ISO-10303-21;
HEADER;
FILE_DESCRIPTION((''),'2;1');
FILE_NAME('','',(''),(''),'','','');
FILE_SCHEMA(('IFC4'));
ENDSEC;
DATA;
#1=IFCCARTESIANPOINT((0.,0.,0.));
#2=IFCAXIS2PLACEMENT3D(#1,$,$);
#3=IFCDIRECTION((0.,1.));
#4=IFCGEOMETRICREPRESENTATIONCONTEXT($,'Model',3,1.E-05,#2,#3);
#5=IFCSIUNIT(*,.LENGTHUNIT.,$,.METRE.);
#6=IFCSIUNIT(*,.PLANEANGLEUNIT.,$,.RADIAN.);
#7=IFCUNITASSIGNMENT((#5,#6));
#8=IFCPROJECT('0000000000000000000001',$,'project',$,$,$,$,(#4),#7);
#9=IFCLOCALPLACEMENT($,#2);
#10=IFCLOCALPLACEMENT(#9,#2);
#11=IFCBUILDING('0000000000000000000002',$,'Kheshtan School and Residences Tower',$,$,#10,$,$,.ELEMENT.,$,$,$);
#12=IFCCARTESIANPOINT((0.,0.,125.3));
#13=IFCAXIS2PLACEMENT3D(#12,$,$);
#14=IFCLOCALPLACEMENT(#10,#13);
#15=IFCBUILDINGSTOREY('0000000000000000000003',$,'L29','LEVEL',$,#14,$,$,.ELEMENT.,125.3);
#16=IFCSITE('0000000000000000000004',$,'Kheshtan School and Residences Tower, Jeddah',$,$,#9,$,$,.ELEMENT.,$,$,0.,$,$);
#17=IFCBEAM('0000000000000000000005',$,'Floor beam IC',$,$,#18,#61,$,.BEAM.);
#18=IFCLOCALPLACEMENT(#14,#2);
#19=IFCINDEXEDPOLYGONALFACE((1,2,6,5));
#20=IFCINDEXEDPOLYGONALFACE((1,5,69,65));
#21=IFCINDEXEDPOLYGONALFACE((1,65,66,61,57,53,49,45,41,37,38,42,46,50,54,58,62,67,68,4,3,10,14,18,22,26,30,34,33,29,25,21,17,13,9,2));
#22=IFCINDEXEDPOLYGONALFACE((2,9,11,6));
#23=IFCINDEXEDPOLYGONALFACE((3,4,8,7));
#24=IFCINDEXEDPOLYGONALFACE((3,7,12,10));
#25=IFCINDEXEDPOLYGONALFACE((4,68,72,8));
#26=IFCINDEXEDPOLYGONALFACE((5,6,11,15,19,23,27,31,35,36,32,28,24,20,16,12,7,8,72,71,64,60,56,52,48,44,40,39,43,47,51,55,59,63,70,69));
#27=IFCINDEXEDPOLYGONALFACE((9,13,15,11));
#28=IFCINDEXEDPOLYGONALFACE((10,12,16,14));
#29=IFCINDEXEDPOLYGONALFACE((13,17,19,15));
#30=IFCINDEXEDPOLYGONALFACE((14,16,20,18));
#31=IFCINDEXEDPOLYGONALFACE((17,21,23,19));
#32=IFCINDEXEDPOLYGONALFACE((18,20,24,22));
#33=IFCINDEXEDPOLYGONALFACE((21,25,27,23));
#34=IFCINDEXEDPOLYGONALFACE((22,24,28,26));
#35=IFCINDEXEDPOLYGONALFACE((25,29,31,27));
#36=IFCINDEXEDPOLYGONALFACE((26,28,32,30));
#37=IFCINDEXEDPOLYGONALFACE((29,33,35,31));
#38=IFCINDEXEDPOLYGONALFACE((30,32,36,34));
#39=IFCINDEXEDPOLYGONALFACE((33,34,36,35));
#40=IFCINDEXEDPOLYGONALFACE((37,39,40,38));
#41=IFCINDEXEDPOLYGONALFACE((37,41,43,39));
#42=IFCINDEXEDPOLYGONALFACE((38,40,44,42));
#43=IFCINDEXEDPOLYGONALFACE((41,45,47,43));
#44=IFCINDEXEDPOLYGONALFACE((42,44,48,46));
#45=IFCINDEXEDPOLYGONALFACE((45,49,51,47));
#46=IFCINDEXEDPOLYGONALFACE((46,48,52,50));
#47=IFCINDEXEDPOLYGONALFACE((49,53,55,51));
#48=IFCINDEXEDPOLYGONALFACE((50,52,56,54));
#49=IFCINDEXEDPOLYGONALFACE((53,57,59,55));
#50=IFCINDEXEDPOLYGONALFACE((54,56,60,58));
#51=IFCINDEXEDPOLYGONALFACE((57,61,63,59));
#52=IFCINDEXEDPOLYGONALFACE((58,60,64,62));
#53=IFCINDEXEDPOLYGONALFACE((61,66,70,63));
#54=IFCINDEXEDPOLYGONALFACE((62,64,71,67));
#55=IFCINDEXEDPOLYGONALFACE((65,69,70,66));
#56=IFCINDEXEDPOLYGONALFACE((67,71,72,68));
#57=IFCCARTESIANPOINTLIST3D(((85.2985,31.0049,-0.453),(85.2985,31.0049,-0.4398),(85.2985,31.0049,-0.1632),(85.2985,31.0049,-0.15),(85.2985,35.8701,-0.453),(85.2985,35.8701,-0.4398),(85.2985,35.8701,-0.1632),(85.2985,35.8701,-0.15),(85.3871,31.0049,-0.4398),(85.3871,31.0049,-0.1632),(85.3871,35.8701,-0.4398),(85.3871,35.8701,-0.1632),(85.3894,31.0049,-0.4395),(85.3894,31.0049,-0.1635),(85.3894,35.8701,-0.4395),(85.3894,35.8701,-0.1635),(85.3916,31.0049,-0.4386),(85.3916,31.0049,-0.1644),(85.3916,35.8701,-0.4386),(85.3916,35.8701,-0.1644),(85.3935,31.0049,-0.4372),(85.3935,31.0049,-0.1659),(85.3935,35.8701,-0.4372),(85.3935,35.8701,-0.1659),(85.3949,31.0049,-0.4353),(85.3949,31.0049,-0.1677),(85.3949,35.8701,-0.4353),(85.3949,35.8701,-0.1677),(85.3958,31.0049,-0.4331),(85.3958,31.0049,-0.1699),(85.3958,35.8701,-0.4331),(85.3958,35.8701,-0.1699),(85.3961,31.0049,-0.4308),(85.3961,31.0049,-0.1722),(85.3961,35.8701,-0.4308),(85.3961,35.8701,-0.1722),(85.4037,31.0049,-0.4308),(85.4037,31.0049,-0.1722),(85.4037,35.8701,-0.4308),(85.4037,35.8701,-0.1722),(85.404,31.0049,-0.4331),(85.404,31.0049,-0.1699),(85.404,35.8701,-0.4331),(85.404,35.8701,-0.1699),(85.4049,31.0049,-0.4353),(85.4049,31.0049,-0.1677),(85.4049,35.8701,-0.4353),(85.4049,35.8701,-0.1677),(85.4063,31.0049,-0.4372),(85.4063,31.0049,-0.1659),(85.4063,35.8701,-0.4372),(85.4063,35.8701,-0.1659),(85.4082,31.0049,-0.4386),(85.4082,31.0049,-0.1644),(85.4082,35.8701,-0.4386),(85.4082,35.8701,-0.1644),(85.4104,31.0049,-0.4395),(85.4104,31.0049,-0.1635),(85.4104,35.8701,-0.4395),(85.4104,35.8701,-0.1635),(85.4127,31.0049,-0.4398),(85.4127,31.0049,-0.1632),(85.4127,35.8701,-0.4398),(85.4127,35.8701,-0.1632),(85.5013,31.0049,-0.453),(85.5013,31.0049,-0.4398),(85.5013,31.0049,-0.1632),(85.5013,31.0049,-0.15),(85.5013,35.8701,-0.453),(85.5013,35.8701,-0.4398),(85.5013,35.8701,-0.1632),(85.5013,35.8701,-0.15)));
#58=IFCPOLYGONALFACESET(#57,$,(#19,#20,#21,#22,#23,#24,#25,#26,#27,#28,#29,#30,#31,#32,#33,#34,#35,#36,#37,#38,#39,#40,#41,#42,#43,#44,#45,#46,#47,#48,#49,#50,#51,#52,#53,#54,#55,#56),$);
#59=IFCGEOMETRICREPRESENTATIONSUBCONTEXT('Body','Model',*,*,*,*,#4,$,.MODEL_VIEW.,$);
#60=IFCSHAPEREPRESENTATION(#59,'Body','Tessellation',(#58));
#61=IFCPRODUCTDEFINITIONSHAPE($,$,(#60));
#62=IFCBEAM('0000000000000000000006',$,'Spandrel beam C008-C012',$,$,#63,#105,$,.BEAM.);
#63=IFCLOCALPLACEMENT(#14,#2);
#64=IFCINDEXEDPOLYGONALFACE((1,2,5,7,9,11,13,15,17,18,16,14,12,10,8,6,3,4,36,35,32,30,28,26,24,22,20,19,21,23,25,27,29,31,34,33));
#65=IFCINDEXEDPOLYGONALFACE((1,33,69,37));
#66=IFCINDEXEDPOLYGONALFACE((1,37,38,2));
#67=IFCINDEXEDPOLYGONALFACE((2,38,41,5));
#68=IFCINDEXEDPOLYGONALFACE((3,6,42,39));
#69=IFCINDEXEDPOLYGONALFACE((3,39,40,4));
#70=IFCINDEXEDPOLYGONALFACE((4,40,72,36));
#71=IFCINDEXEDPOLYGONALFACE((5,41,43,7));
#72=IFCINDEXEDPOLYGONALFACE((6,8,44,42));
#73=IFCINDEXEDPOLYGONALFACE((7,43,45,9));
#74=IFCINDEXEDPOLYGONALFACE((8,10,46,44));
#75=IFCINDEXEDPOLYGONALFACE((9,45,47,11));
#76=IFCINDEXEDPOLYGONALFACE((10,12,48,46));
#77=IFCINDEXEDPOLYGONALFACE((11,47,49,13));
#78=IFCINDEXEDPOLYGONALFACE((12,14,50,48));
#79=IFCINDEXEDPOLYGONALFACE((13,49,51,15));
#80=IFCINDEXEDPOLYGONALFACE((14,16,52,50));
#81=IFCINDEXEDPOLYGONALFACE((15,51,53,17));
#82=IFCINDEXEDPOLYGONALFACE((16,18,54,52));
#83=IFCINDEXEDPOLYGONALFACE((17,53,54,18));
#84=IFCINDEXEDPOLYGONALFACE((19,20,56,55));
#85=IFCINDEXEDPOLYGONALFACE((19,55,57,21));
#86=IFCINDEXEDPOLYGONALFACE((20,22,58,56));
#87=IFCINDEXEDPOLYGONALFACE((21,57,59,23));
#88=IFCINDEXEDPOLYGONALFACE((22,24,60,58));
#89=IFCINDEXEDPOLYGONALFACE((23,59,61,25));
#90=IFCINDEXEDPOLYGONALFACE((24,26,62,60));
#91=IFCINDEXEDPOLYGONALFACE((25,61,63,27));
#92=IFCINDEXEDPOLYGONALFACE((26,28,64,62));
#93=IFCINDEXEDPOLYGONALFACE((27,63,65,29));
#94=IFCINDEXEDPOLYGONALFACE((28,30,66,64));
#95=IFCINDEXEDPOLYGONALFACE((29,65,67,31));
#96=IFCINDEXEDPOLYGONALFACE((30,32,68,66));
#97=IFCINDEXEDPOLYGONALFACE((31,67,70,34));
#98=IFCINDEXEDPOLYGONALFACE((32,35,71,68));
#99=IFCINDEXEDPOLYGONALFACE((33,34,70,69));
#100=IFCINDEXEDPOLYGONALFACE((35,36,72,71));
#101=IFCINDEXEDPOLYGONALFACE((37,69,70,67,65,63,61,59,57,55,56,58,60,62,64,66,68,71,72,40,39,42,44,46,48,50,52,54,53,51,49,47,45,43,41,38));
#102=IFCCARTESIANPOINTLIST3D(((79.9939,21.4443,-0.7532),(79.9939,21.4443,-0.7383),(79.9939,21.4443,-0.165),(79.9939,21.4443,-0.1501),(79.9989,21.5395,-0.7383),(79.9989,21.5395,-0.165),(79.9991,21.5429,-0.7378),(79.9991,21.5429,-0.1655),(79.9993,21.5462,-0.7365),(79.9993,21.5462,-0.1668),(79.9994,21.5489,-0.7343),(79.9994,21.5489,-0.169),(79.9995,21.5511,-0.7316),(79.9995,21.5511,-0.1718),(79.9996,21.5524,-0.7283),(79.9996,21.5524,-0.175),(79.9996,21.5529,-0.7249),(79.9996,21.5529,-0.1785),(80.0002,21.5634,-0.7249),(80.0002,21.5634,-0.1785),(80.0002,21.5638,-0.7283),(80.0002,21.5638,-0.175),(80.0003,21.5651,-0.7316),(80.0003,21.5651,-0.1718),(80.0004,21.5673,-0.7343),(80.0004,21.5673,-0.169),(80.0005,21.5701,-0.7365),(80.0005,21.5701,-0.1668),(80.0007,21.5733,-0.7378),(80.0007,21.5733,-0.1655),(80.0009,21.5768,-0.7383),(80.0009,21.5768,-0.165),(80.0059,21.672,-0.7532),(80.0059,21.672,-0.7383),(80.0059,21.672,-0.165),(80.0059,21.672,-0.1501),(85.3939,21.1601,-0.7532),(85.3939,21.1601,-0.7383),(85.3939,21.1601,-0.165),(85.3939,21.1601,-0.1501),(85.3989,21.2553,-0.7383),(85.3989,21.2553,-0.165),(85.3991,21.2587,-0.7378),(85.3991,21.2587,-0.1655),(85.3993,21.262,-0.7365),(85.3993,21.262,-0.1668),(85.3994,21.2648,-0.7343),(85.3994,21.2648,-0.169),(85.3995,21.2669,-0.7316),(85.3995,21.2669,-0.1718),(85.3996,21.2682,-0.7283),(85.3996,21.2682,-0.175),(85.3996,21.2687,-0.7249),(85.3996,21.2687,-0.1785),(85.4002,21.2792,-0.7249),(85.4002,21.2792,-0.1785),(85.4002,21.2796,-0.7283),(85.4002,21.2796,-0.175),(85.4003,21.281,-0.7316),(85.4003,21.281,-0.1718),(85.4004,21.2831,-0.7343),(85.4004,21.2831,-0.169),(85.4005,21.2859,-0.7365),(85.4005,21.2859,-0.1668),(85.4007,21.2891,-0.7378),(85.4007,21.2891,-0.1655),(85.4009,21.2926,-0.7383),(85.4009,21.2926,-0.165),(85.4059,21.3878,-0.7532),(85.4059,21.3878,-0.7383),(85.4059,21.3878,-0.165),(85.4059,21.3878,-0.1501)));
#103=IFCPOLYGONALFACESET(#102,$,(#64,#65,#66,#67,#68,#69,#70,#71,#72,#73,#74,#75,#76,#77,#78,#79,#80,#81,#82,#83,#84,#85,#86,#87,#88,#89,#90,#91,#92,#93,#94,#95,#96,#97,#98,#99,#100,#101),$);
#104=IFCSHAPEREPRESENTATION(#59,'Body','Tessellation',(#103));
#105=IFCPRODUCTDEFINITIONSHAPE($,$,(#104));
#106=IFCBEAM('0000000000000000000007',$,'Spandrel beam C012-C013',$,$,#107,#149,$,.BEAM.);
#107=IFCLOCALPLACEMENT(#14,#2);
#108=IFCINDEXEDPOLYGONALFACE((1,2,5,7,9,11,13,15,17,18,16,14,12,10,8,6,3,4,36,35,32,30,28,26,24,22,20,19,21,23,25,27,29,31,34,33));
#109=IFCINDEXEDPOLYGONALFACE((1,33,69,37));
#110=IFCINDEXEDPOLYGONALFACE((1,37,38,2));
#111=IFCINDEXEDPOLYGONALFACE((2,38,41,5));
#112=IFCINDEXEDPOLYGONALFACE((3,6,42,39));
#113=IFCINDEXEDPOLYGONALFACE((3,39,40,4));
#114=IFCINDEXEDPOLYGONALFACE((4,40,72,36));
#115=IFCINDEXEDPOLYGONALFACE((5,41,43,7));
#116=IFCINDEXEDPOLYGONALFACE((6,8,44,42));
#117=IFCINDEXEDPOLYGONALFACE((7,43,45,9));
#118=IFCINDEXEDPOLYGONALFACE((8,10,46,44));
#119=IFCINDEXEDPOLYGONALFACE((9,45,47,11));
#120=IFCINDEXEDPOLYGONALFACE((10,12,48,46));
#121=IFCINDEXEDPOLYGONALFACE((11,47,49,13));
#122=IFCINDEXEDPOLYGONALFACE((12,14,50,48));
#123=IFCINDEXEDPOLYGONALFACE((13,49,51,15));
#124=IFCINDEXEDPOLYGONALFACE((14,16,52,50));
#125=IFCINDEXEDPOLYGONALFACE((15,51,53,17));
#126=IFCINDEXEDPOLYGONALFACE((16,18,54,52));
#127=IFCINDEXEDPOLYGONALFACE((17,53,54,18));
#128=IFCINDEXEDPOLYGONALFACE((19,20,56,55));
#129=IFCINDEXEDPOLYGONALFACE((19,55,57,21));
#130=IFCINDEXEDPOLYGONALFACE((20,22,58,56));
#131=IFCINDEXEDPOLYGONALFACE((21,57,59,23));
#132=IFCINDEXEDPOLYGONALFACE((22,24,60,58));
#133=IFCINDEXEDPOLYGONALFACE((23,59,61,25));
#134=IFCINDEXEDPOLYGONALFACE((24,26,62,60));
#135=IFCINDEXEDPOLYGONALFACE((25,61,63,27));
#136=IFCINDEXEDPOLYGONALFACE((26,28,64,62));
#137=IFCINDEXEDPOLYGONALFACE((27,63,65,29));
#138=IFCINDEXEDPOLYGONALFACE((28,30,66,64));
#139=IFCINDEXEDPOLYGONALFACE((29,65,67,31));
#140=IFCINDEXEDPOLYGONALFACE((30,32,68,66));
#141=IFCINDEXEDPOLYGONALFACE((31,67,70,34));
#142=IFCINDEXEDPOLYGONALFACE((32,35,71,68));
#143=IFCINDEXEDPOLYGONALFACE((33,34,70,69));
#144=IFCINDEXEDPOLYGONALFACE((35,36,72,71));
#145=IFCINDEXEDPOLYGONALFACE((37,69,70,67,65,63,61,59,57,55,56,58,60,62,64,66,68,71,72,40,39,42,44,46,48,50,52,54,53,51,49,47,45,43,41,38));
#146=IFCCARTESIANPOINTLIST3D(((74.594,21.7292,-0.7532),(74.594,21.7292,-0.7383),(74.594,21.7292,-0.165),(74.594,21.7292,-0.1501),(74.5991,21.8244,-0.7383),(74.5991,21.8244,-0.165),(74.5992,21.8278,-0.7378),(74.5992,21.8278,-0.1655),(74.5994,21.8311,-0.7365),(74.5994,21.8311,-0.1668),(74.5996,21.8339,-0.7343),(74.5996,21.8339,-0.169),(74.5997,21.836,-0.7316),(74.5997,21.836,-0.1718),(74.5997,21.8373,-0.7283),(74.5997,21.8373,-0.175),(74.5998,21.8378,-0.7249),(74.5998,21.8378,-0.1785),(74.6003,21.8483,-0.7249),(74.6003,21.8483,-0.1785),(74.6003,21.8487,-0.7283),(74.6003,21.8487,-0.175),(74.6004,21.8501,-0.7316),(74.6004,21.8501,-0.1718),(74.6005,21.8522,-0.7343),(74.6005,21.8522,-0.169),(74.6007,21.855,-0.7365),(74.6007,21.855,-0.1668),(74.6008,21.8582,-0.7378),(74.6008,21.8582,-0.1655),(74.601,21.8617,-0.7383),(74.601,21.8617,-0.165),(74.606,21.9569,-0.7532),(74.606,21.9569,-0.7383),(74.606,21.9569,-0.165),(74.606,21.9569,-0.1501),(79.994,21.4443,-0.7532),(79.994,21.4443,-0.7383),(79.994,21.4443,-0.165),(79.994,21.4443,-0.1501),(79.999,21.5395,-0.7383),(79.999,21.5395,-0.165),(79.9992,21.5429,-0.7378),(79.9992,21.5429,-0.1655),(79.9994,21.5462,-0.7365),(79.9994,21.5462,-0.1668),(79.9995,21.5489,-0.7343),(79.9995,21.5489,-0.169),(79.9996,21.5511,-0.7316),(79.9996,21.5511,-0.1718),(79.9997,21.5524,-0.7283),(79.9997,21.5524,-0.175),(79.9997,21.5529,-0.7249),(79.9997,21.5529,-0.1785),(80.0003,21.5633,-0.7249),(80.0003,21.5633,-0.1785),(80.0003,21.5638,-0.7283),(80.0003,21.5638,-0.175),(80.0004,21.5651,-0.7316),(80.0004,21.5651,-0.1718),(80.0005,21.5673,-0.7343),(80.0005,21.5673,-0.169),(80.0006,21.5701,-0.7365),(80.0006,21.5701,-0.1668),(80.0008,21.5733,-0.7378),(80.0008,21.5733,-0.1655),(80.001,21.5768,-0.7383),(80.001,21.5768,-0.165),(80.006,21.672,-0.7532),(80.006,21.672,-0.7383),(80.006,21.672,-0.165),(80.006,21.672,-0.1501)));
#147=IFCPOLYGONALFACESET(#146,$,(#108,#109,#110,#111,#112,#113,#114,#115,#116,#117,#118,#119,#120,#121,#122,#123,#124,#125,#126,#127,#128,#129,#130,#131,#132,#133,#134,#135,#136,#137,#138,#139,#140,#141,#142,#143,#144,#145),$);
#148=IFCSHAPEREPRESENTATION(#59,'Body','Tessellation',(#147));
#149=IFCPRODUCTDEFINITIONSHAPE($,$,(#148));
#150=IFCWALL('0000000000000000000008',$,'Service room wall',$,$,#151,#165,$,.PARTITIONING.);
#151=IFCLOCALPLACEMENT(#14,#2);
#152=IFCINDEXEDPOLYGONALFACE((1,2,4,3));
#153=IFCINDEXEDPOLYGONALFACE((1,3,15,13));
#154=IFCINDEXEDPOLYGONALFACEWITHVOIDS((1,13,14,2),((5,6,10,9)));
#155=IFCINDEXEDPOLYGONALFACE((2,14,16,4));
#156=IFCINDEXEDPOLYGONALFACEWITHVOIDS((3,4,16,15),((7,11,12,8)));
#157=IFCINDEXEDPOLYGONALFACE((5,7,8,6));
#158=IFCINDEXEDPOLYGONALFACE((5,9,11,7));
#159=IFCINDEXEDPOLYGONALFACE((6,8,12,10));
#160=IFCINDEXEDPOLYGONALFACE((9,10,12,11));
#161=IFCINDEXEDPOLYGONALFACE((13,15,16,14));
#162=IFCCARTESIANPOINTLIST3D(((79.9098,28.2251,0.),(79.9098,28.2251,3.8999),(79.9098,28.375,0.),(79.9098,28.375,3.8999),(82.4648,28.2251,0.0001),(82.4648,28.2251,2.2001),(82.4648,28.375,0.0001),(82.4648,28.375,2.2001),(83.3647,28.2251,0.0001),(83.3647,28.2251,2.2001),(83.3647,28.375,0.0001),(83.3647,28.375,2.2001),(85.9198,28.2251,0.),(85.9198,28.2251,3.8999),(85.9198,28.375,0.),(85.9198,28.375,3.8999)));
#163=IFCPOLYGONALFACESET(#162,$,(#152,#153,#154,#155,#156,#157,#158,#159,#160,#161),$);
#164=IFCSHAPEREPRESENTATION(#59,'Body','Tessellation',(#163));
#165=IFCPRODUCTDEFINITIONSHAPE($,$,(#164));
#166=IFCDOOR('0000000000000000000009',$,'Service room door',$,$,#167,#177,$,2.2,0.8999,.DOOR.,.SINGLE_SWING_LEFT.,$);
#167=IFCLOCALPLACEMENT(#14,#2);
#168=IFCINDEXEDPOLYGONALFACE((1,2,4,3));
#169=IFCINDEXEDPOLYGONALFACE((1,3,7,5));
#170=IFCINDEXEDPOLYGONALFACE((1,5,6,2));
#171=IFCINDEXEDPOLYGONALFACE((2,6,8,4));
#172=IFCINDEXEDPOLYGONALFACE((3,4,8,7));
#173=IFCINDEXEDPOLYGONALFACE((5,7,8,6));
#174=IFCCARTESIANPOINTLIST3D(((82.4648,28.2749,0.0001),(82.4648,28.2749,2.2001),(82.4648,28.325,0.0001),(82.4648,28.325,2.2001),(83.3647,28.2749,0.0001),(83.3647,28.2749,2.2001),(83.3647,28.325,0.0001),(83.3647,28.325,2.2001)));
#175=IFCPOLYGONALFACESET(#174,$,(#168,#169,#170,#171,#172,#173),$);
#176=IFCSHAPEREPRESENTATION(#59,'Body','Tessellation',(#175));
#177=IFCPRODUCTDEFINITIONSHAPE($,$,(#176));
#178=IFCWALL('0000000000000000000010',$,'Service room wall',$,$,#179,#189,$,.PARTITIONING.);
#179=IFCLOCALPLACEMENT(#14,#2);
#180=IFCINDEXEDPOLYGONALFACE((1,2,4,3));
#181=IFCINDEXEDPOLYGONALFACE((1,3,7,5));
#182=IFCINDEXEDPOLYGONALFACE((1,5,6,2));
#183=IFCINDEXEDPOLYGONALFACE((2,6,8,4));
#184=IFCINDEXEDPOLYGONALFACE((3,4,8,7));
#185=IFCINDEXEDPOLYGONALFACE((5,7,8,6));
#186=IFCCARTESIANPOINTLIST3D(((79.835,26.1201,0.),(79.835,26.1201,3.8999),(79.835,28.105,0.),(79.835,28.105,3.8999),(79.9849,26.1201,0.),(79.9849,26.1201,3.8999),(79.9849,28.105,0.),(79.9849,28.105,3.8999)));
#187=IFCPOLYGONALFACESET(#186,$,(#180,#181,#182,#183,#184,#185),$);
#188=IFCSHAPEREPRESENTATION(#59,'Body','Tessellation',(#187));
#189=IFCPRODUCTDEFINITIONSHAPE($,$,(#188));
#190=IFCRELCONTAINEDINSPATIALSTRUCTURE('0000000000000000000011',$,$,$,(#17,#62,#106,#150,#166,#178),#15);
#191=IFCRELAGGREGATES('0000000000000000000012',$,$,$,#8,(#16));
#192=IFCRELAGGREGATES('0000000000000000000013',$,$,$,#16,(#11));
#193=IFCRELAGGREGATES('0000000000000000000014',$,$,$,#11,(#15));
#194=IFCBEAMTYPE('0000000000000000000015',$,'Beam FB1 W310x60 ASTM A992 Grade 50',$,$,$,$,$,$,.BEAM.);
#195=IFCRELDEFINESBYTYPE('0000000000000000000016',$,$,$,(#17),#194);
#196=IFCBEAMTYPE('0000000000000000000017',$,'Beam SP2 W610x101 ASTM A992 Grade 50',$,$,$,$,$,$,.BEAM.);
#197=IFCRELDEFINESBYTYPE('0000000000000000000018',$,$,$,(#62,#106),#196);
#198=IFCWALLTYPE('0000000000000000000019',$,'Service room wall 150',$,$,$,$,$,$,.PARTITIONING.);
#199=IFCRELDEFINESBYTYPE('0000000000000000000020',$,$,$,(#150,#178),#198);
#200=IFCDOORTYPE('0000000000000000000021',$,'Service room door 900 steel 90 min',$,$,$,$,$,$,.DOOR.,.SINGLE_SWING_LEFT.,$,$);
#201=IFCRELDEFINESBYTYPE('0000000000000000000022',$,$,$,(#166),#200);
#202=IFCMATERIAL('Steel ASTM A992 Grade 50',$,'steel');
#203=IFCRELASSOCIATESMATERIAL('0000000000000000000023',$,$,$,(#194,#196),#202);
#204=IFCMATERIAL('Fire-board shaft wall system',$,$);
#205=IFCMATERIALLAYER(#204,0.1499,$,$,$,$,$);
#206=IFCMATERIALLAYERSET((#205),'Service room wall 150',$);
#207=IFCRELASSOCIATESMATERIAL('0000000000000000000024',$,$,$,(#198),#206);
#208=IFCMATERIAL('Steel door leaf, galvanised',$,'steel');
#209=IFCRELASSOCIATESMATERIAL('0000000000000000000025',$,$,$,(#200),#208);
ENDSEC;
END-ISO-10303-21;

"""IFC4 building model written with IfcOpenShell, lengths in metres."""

from ifc_helpers import new_model, si_unit, direction, frame, frame_2d, origin, origin_2d, place, context, subcontext, project, spatial, rectangle, i_section, extrude, source, transform, mapped, material, layer, layer_set, material_profile, profile_set, type_object, element, fill, save


model = new_model("IFC4")

# Units and contexts
model_context = context("Model", 3, precision=1e-05, world=origin(), true_north=direction((0.0, 1.0)))
body_context = subcontext(model_context, "Body", "Model", "MODEL_VIEW")
ifc_project = project(units=[si_unit("LENGTHUNIT", "METRE"), si_unit("PLANEANGLEUNIT", "RADIAN")], contexts=[model_context])

# Site, building, storey
site_placement = place(None, origin())
site = spatial("IfcSite", under=ifc_project, at=site_placement, Name="Kheshtan School and Residences Tower, Jeddah", CompositionType="ELEMENT", RefElevation=0.0)
building_placement = place(site_placement, origin())
building = spatial("IfcBuilding", under=site, at=building_placement, Name="Kheshtan School and Residences Tower", CompositionType="ELEMENT")
storey_placement = place(building_placement, frame((0.0, 0.0, 125.3)))
storey = spatial("IfcBuildingStorey", under=building, at=storey_placement, Name="L29", Description="LEVEL", CompositionType="ELEMENT", Elevation=125.3)

# Shared definitions
ifc_material_1 = material(Name="Steel ASTM A992 Grade 50", Category="steel")

# Beams
ifc_material_profile_1 = material_profile(ifc_material_1, i_section(OverallWidth=0.2029, OverallDepth=0.303, WebThickness=0.0076, FlangeThickness=0.0132, FilletRadius=0.009, at=origin_2d()), Name="W310x60")
ifc_profile_set_1 = profile_set([ifc_material_profile_1], Name="Steel ASTM A992 Grade 50")
beam_type_1 = type_object("IfcBeamType", Name="Beam FB1 W310x60 ASTM A992 Grade 50", PredefinedType="BEAM", material=ifc_profile_set_1)
beam_placement = place(storey_placement, frame((85.3999, 31.0049, -0.3015), z_axis=(0.0, 1.0, 0.0), x_axis=(-1.0, 0.0, 0.0)))
element("IfcBeam", 1, at=beam_placement, inside=storey, type_object=beam_type_1, Name="Floor beam IC", PredefinedType="BEAM", context=body_context, shape_type="SweptSolid", body=[
    extrude(i_section(OverallWidth=0.2029, OverallDepth=0.303, WebThickness=0.0076, FlangeThickness=0.0132, FilletRadius=0.009, at=origin_2d()), origin(), (0.0, 0.0, 1.0), 4.8652),
])
ifc_material_profile_2 = material_profile(ifc_material_1, i_section(OverallWidth=0.228, OverallDepth=0.603, WebThickness=0.0105, FlangeThickness=0.0149, FilletRadius=0.0134, at=origin_2d()), Name="W610x101")
ifc_profile_set_2 = profile_set([ifc_material_profile_2], Name="Steel ASTM A992 Grade 50")
beam_type_2 = type_object("IfcBeamType", Name="Beam SP2 W610x101 ASTM A992 Grade 50", PredefinedType="BEAM", material=ifc_profile_set_2)
for number, where, z_axis, x_axis, name in (
    (2, (85.3999, 21.2739, -0.4517), (-0.998618, 0.052554, 0.0), (-0.052554, -0.998618, 0.0), "Spandrel beam C008-C012"),
    (3, (80.0, 21.5581, -0.4517), (-0.998611, 0.052689, 0.0), (-0.052689, -0.998611, 0.0), "Spandrel beam C012-C013"),
):
    element("IfcBeam", number, at=place(storey_placement, frame(where, z_axis=z_axis, x_axis=x_axis)), inside=storey, type_object=beam_type_2, Name=name, PredefinedType="BEAM", context=body_context, shape_type="SweptSolid", body=[
        extrude(i_section(OverallWidth=0.228, OverallDepth=0.603, WebThickness=0.0105, FlangeThickness=0.0149, FilletRadius=0.0134, at=origin_2d()), origin(), (0.0, 0.0, 1.0), 5.4075),
    ])

# Wall, opening, door
ifc_material_2 = material(Name="Fire-board shaft wall system")
ifc_layer_1 = layer(ifc_material_2, 0.1499)
ifc_layer_set_1 = layer_set([ifc_layer_1], Name="Service room wall 150")
wall_type_1 = type_object("IfcWallType", Name="Service room wall 150", PredefinedType="PARTITIONING", material=ifc_layer_set_1)
wall_1_placement = place(storey_placement, frame((79.9099, 28.3, 0.0), z_axis=(0.0, 0.0, 1.0), x_axis=(1.0, 0.0, 0.0)))
wall_1 = element("IfcWall", 4, at=wall_1_placement, inside=storey, type_object=wall_type_1, Name="Service room wall", PredefinedType="PARTITIONING", context=body_context, shape_type="SweptSolid", body=[
    extrude(rectangle(XDim=6.01, YDim=0.1499, at=frame_2d((3.0049, 0.0))), origin(), (0.0, 0.0, 1.0), 3.8999),
])
opening_1_placement = place(wall_1_placement, frame((2.5549, 0.0, 0.0)))
opening_1 = element("IfcOpeningElement", 5, at=opening_1_placement, cuts=wall_1, PredefinedType="OPENING", context=body_context, shape_type="SweptSolid", body=[
    extrude(rectangle(XDim=0.8999, YDim=2.2, at=frame_2d((0.45, 1.1001))), frame((0.0, 0.085, 0.0), z_axis=(0.0, -1.0, 0.0), x_axis=(1.0, 0.0, 0.0)), (0.0, 0.0, 1.0), 0.1699),
])
ifc_material_3 = material(Name="Steel door leaf, galvanised", Category="steel")
door_type_1 = type_object("IfcDoorType", Name="Service room door 900 steel 90 min", OperationType="SINGLE_SWING_LEFT", PredefinedType="DOOR", material=ifc_material_3)
shared_shape_1 = source(origin(), body_context, "Body", "SweptSolid", [
    extrude(rectangle(XDim=0.8999, YDim=2.2, at=frame_2d((0.45, 1.1001))), frame((0.0, 0.0249, 0.0), z_axis=(0.0, -1.0, 0.0), x_axis=(1.0, 0.0, 0.0)), (0.0, 0.0, 1.0), 0.05),
])
door_1_placement = place(opening_1_placement, origin())
door_1 = element("IfcDoor", 6, at=door_1_placement, inside=storey, type_object=door_type_1, Name="Service room door", OperationType="SINGLE_SWING_LEFT", OverallHeight=2.2, OverallWidth=0.8999, PredefinedType="DOOR", context=body_context, shape_type="MappedRepresentation", body=[
    mapped(shared_shape_1, transform((0.0, 0.0, 0.0), x_axis=(1.0, 0.0, 0.0), y_axis=(0.0, 1.0, 0.0), z_axis=(0.0, 0.0, 1.0), scale=1.0)),
])
fill(opening_1, door_1)

# Wall
wall_2_placement = place(storey_placement, frame((79.9099, 26.1201, 0.0), z_axis=(0.0, 0.0, 1.0), x_axis=(0.0, 1.0, 0.0)))
element("IfcWall", 7, at=wall_2_placement, inside=storey, type_object=wall_type_1, Name="Service room wall", PredefinedType="PARTITIONING", context=body_context, shape_type="SweptSolid", body=[
    extrude(rectangle(XDim=1.9849, YDim=0.1499, at=frame_2d((0.9924, 0.0))), origin(), (0.0, 0.0, 1.0), 3.8999),
])

save(model, "model.ifc")
